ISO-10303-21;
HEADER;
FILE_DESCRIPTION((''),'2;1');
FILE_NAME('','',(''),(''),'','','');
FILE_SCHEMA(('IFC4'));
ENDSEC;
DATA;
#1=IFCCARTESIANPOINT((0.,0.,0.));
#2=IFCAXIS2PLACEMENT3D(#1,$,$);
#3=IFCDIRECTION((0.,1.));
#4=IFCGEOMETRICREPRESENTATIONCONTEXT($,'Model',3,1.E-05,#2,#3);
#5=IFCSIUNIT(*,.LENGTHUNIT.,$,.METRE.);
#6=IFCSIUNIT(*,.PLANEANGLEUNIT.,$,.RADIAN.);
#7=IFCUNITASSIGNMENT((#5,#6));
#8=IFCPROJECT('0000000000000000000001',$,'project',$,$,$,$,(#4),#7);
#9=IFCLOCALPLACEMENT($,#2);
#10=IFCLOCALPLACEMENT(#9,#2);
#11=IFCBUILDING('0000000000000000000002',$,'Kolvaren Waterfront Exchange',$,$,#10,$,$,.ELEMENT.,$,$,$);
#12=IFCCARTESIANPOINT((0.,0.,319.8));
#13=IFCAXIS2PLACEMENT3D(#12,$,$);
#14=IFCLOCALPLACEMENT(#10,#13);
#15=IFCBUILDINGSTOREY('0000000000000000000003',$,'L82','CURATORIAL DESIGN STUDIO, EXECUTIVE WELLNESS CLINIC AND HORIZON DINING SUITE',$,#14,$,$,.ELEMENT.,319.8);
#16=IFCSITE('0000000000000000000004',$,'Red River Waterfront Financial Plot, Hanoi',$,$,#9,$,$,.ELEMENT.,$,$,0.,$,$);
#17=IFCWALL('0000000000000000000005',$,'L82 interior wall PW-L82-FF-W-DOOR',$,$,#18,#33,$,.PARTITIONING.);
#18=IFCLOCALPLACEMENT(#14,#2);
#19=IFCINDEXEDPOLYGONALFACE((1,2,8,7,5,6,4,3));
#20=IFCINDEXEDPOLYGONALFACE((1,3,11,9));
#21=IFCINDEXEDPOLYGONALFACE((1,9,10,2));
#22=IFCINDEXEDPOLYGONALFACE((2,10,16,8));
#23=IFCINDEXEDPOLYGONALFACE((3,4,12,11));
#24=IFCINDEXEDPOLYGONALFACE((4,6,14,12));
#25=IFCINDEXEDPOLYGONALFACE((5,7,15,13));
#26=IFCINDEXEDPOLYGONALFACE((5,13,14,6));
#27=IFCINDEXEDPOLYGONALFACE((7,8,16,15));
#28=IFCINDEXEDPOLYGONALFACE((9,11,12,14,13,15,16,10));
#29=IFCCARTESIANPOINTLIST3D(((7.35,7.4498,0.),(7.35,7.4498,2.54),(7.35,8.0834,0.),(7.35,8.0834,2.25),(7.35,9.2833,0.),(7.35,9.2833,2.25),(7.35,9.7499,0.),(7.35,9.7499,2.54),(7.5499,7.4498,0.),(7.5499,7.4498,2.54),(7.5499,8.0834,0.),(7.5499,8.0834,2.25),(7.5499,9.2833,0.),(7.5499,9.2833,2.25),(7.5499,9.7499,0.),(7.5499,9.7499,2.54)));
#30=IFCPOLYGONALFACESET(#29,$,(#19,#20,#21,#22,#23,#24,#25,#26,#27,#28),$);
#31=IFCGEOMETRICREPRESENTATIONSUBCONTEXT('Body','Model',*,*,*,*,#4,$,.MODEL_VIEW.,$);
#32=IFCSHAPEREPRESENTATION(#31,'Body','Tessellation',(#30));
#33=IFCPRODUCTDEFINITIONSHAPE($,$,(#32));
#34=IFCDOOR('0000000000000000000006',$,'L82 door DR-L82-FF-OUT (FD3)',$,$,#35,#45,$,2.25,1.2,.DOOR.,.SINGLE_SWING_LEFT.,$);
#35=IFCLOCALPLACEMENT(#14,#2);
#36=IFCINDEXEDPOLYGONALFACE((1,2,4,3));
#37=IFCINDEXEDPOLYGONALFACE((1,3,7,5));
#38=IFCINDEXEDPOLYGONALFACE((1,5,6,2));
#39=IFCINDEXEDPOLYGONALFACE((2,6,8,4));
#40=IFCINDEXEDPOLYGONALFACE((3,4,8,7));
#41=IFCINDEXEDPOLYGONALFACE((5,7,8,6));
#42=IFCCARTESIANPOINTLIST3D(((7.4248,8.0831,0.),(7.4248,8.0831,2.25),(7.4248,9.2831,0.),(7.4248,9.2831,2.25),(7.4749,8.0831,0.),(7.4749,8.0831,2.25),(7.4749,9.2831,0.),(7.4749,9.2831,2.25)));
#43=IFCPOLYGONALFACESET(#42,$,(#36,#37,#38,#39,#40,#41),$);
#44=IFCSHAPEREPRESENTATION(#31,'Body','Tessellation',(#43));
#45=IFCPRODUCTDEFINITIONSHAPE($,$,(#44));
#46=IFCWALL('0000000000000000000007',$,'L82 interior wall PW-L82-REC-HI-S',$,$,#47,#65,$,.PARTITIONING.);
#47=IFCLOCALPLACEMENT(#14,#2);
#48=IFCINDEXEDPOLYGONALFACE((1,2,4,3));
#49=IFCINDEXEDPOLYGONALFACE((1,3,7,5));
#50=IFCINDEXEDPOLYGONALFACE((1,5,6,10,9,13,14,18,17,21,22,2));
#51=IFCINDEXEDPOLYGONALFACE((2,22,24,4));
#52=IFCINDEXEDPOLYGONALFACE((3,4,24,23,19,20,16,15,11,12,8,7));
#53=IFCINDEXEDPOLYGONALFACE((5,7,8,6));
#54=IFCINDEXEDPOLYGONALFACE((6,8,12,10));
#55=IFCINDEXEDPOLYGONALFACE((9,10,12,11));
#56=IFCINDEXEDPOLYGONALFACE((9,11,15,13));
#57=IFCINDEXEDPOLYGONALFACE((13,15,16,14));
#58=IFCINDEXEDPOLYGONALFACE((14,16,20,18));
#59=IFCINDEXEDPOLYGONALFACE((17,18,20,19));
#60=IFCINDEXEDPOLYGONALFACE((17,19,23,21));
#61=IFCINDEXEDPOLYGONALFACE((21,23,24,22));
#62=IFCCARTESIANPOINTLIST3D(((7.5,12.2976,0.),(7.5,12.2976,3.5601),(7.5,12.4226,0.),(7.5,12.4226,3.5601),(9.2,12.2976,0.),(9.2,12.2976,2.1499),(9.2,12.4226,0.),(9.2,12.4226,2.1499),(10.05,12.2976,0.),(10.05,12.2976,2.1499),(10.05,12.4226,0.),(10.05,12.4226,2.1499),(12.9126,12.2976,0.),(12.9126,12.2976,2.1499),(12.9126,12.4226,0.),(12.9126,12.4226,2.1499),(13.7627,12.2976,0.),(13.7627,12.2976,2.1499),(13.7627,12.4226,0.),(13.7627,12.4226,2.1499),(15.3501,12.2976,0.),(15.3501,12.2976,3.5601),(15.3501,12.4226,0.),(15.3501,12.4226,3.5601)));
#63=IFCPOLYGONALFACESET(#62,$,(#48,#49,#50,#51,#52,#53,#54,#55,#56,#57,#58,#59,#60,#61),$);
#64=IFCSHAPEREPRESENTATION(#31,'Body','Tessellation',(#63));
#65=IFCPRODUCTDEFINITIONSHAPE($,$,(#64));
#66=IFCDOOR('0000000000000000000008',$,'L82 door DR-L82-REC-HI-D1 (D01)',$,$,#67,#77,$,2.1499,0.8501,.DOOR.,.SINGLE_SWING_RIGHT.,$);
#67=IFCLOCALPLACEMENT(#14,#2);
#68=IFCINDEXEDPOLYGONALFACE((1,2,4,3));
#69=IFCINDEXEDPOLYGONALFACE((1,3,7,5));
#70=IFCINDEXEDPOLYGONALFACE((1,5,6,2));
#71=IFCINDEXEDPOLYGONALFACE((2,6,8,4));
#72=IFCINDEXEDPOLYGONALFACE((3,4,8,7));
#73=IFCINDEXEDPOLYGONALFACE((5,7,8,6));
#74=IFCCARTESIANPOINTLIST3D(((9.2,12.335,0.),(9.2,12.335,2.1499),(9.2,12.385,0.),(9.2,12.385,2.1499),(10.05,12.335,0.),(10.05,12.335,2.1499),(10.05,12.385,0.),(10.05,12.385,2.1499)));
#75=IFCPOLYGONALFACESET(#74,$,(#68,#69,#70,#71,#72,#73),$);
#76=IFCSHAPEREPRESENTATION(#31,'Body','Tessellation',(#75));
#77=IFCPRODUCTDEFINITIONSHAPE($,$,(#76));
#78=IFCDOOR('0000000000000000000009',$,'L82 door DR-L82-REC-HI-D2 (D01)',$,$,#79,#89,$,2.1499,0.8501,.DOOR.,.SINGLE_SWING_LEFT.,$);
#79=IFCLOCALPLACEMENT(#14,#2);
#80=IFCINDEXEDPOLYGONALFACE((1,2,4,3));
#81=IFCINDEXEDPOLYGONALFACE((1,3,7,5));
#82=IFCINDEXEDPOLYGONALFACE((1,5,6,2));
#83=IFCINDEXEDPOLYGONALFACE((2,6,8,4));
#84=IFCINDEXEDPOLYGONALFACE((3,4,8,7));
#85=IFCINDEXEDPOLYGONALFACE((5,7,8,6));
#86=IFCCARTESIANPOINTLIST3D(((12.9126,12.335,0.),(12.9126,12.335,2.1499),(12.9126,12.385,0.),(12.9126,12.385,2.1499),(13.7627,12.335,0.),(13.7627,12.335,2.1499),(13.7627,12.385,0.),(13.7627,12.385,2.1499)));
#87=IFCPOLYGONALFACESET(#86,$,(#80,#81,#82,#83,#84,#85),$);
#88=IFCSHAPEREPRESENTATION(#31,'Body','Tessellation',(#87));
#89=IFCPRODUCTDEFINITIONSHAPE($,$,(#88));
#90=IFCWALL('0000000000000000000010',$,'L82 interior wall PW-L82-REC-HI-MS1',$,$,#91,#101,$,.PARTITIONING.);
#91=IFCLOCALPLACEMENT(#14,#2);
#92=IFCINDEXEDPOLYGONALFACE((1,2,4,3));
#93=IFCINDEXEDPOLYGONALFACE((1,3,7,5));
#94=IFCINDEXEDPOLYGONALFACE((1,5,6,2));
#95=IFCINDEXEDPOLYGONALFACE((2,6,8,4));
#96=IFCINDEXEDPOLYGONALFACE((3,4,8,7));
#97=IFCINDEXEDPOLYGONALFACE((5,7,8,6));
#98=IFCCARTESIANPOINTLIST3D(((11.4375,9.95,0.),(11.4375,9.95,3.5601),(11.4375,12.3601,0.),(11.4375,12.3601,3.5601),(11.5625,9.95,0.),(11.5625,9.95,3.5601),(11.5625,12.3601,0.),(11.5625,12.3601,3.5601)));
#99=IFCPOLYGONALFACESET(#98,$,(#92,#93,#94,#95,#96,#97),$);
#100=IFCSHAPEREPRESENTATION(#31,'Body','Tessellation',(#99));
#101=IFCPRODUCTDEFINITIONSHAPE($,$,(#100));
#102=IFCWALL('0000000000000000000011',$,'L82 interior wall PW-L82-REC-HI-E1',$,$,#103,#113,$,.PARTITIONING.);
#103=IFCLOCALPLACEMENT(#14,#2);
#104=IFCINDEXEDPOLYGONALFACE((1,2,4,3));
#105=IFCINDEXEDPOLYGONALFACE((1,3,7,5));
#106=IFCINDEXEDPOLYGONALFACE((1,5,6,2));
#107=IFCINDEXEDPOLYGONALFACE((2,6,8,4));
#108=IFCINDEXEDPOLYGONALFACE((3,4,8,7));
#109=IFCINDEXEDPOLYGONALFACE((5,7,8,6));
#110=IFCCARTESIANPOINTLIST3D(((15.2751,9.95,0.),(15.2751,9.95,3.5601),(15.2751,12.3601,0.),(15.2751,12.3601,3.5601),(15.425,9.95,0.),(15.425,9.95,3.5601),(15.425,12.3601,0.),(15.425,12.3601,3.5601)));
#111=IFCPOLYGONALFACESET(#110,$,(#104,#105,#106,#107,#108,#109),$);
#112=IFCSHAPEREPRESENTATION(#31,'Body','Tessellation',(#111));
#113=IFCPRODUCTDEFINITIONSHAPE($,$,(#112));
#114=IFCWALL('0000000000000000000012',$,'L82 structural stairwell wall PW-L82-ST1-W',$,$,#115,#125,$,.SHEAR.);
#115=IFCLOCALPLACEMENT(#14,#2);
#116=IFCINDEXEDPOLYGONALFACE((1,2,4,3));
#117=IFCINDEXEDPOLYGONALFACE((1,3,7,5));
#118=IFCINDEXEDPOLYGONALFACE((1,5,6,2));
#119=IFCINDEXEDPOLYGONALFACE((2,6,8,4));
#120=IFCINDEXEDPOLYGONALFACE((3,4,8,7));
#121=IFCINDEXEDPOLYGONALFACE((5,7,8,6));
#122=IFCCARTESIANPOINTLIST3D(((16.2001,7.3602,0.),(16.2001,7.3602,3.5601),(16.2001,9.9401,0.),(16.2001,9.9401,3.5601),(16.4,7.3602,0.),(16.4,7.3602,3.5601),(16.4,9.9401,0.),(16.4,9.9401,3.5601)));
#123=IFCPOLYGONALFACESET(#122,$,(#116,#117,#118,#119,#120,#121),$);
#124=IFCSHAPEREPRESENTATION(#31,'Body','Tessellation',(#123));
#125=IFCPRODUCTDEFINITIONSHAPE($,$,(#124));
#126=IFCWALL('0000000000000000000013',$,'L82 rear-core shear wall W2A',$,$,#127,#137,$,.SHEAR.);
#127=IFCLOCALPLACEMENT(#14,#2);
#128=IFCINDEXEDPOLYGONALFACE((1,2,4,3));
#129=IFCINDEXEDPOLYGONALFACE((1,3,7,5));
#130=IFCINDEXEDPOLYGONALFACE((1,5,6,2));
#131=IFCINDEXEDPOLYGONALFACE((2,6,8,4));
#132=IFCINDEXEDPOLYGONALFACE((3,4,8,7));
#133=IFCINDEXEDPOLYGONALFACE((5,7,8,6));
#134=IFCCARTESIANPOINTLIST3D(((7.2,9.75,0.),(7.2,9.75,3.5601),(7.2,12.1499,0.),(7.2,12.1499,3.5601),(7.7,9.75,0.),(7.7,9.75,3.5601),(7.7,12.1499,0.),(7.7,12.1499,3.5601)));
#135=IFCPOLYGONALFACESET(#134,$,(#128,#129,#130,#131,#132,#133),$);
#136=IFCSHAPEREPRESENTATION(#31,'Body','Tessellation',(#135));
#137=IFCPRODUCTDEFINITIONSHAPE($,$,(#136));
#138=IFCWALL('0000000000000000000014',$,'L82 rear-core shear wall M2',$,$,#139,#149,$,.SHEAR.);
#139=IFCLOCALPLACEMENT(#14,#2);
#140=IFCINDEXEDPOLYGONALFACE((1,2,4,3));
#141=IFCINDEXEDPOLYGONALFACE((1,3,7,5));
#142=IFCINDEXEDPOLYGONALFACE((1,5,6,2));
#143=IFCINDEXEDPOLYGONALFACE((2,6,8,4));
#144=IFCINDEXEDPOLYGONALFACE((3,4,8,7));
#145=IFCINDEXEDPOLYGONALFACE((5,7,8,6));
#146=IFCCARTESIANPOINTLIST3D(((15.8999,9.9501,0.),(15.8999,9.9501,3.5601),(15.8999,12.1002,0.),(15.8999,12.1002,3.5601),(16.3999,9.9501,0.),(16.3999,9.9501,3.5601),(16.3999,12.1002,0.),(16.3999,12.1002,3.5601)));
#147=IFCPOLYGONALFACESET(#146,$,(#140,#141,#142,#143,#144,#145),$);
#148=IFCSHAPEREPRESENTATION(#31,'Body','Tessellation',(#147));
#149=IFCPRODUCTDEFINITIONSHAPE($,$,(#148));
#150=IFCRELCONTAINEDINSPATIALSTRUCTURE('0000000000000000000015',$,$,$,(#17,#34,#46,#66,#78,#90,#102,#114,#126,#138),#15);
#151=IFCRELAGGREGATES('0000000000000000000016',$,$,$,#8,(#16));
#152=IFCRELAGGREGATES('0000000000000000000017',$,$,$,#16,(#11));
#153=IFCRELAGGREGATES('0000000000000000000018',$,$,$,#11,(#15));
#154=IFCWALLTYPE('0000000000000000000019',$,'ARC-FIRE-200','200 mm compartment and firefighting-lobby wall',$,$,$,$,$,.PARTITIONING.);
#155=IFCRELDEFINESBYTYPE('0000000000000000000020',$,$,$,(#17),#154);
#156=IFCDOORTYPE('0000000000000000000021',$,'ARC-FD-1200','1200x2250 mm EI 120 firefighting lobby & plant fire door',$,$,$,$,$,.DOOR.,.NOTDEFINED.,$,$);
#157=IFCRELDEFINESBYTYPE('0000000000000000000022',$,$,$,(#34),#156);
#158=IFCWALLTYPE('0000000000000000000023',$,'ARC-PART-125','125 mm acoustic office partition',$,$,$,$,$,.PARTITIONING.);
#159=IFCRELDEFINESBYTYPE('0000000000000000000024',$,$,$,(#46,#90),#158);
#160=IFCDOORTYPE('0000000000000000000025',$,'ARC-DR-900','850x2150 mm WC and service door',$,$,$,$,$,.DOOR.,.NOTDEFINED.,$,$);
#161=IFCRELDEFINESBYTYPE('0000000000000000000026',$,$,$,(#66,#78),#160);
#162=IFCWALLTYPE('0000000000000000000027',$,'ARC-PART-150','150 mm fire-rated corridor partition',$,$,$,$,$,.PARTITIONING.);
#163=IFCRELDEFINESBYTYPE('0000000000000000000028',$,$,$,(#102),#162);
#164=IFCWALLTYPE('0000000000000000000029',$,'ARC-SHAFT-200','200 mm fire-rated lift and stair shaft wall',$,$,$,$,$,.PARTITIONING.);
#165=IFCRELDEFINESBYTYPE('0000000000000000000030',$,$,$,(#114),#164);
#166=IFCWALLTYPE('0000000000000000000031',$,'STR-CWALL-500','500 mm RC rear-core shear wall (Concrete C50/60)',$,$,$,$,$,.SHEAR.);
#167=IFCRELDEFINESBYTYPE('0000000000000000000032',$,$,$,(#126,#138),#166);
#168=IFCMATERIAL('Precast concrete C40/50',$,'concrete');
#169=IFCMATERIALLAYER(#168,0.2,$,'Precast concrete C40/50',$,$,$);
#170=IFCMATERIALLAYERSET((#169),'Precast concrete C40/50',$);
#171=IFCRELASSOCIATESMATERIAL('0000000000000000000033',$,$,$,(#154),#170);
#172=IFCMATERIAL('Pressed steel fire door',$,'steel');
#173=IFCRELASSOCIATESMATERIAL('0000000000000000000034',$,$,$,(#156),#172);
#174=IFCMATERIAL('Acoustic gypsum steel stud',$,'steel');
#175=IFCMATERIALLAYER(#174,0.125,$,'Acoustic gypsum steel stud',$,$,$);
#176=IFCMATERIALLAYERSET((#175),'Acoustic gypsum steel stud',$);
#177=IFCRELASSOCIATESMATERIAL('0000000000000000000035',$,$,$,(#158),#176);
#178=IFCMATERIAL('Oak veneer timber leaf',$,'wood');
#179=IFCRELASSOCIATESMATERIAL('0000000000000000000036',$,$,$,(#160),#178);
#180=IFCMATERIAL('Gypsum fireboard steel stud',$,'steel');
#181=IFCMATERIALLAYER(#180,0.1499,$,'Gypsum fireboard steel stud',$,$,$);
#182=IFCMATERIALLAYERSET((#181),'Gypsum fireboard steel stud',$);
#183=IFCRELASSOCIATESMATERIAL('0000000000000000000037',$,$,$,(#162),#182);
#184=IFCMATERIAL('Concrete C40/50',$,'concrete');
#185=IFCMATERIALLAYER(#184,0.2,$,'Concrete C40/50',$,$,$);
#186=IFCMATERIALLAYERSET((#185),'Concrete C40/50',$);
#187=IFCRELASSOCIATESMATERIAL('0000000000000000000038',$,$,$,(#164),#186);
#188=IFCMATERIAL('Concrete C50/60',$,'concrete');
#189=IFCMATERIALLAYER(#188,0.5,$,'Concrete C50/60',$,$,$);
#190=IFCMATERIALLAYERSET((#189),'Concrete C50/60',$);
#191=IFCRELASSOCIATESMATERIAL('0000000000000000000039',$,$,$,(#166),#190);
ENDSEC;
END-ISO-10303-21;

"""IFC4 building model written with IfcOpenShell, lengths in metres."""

from ifc_helpers import new_model, si_unit, direction, frame, frame_2d, origin, place, context, subcontext, project, spatial, rectangle, extrude, material, layer, layer_set, type_object, element, fill, save


model = new_model("IFC4")

# Units and contexts
model_context = context("Model", 3, precision=1e-05, world=origin(), true_north=direction((0.0, 1.0)))
body_context = subcontext(model_context, "Body", "Model", "MODEL_VIEW")
ifc_project = project(units=[si_unit("LENGTHUNIT", "METRE"), si_unit("PLANEANGLEUNIT", "RADIAN")], contexts=[model_context])

# Site, building, storey
site_placement = place(None, origin())
site = spatial("IfcSite", under=ifc_project, at=site_placement, Name="Red River Waterfront Financial Plot, Hanoi", CompositionType="ELEMENT", RefElevation=0.0)
building_placement = place(site_placement, origin())
building = spatial("IfcBuilding", under=site, at=building_placement, Name="Kolvaren Waterfront Exchange", CompositionType="ELEMENT")
storey_placement = place(building_placement, frame((0.0, 0.0, 319.8)))
storey = spatial("IfcBuildingStorey", under=building, at=storey_placement, Name="L82", Description="CURATORIAL DESIGN STUDIO, EXECUTIVE WELLNESS CLINIC AND HORIZON DINING SUITE", CompositionType="ELEMENT", Elevation=319.8)

# Shared definitions
ifc_material_1 = material(Name="Precast concrete C40/50", Category="concrete")
ifc_layer_1 = layer(ifc_material_1, 0.2, Name="Precast concrete C40/50")
ifc_layer_set_1 = layer_set([ifc_layer_1], Name="Precast concrete C40/50")
wall_type_1 = type_object("IfcWallType", Name="ARC-FIRE-200", Description="200 mm compartment and firefighting-lobby wall", PredefinedType="PARTITIONING", material=ifc_layer_set_1)

# Wall, opening, door
wall_1_placement = place(storey_placement, frame((7.45, 7.45, 0.0), z_axis=(0.0, 0.0, 1.0), x_axis=(0.0, 1.0, 0.0)))
wall_1 = element("IfcWall", 1, at=wall_1_placement, inside=storey, type_object=wall_type_1, Name="L82 interior wall PW-L82-FF-W-DOOR", PredefinedType="PARTITIONING", context=body_context, shape_type="SweptSolid", body=[
    extrude(rectangle(XDim=2.3, YDim=0.2, at=frame_2d((1.1499, 0.0))), origin(), (0.0, 0.0, 1.0), 2.54),
])
opening_1_placement = place(wall_1_placement, frame((0.6333, 0.0, 0.0)))
opening_1 = element("IfcOpeningElement", 2, at=opening_1_placement, cuts=wall_1, PredefinedType="OPENING", context=body_context, shape_type="SweptSolid", body=[
    extrude(rectangle(XDim=1.2, YDim=2.25, at=frame_2d((0.6001, 1.125))), frame((0.0, 0.1099, 0.0), z_axis=(0.0, -1.0, 0.0), x_axis=(1.0, 0.0, 0.0)), (0.0, 0.0, 1.0), 0.22),
])
ifc_material_2 = material(Name="Pressed steel fire door", Category="steel")
door_type_1 = type_object("IfcDoorType", Name="ARC-FD-1200", Description="1200x2250 mm EI 120 firefighting lobby & plant fire door", OperationType="NOTDEFINED", PredefinedType="DOOR", material=ifc_material_2)
door_1_placement = place(opening_1_placement, frame((1.2, 0.0, 0.0), z_axis=(0.0, 0.0, 1.0), x_axis=(-1.0, 0.0, 0.0)))
door_1 = element("IfcDoor", 3, at=door_1_placement, inside=storey, type_object=door_type_1, Name="L82 door DR-L82-FF-OUT (FD3)", OperationType="SINGLE_SWING_LEFT", OverallHeight=2.25, OverallWidth=1.2, PredefinedType="DOOR", context=body_context, shape_type="SweptSolid", body=[
    extrude(rectangle(XDim=1.2, YDim=2.25, at=frame_2d((0.6001, 1.125))), frame((0.0, 0.0249, 0.0), z_axis=(0.0, -1.0, 0.0), x_axis=(1.0, 0.0, 0.0)), (0.0, 0.0, 1.0), 0.05),
])
fill(opening_1, door_1)

# Wall, openings, doors
ifc_material_3 = material(Name="Acoustic gypsum steel stud", Category="steel")
ifc_layer_2 = layer(ifc_material_3, 0.125, Name="Acoustic gypsum steel stud")
ifc_layer_set_2 = layer_set([ifc_layer_2], Name="Acoustic gypsum steel stud")
wall_type_2 = type_object("IfcWallType", Name="ARC-PART-125", Description="125 mm acoustic office partition", PredefinedType="PARTITIONING", material=ifc_layer_set_2)
wall_2_placement = place(storey_placement, frame((7.5, 12.3601, 0.0), z_axis=(0.0, 0.0, 1.0), x_axis=(1.0, 0.0, 0.0)))
wall_2 = element("IfcWall", 4, at=wall_2_placement, inside=storey, type_object=wall_type_2, Name="L82 interior wall PW-L82-REC-HI-S", PredefinedType="PARTITIONING", context=body_context, shape_type="SweptSolid", body=[
    extrude(rectangle(XDim=7.8501, YDim=0.125, at=frame_2d((3.925, 0.0))), origin(), (0.0, 0.0, 1.0), 3.5601),
])
opening_2_placement = place(wall_2_placement, frame((1.7, 0.0, 0.0)))
opening_2 = element("IfcOpeningElement", 5, at=opening_2_placement, cuts=wall_2, PredefinedType="OPENING", context=body_context, shape_type="SweptSolid", body=[
    extrude(rectangle(XDim=0.8501, YDim=2.1499, at=frame_2d((0.425, 1.075))), frame((0.0, 0.0725, 0.0), z_axis=(0.0, -1.0, 0.0), x_axis=(1.0, 0.0, 0.0)), (0.0, 0.0, 1.0), 0.145),
])
opening_3_placement = place(wall_2_placement, frame((5.4126, 0.0, 0.0)))
opening_3 = element("IfcOpeningElement", 6, at=opening_3_placement, cuts=wall_2, PredefinedType="OPENING", context=body_context, shape_type="SweptSolid", body=[
    extrude(rectangle(XDim=0.8501, YDim=2.1499, at=frame_2d((0.425, 1.075))), frame((0.0, 0.0725, 0.0), z_axis=(0.0, -1.0, 0.0), x_axis=(1.0, 0.0, 0.0)), (0.0, 0.0, 1.0), 0.145),
])
ifc_material_4 = material(Name="Oak veneer timber leaf", Category="wood")
door_type_2 = type_object("IfcDoorType", Name="ARC-DR-900", Description="850x2150 mm WC and service door", OperationType="NOTDEFINED", PredefinedType="DOOR", material=ifc_material_4)
door_2_placement = place(opening_2_placement, origin())
door_2 = element("IfcDoor", 7, at=door_2_placement, inside=storey, type_object=door_type_2, Name="L82 door DR-L82-REC-HI-D1 (D01)", OperationType="SINGLE_SWING_RIGHT", OverallHeight=2.1499, OverallWidth=0.8501, PredefinedType="DOOR", context=body_context, shape_type="SweptSolid", body=[
    extrude(rectangle(XDim=0.8501, YDim=2.1499, at=frame_2d((0.425, 1.075))), frame((0.0, 0.0249, 0.0), z_axis=(0.0, -1.0, 0.0), x_axis=(1.0, 0.0, 0.0)), (0.0, 0.0, 1.0), 0.05),
])
fill(opening_2, door_2)
door_3_placement = place(opening_3_placement, origin())
door_3 = element("IfcDoor", 8, at=door_3_placement, inside=storey, type_object=door_type_2, Name="L82 door DR-L82-REC-HI-D2 (D01)", OperationType="SINGLE_SWING_LEFT", OverallHeight=2.1499, OverallWidth=0.8501, PredefinedType="DOOR", context=body_context, shape_type="SweptSolid", body=[
    extrude(rectangle(XDim=0.8501, YDim=2.1499, at=frame_2d((0.425, 1.075))), frame((0.0, 0.0249, 0.0), z_axis=(0.0, -1.0, 0.0), x_axis=(1.0, 0.0, 0.0)), (0.0, 0.0, 1.0), 0.05),
])
fill(opening_3, door_3)

# Walls
wall_3_placement = place(storey_placement, frame((11.5, 9.95, 0.0), z_axis=(0.0, 0.0, 1.0), x_axis=(0.0, 1.0, 0.0)))
element("IfcWall", 9, at=wall_3_placement, inside=storey, type_object=wall_type_2, Name="L82 interior wall PW-L82-REC-HI-MS1", PredefinedType="PARTITIONING", context=body_context, shape_type="SweptSolid", body=[
    extrude(rectangle(XDim=2.4102, YDim=0.125, at=frame_2d((1.2051, 0.0))), origin(), (0.0, 0.0, 1.0), 3.5601),
])
ifc_material_5 = material(Name="Gypsum fireboard steel stud", Category="steel")
ifc_layer_3 = layer(ifc_material_5, 0.1499, Name="Gypsum fireboard steel stud")
ifc_layer_set_3 = layer_set([ifc_layer_3], Name="Gypsum fireboard steel stud")
wall_type_3 = type_object("IfcWallType", Name="ARC-PART-150", Description="150 mm fire-rated corridor partition", PredefinedType="PARTITIONING", material=ifc_layer_set_3)
wall_4_placement = place(storey_placement, frame((15.3501, 9.95, 0.0), z_axis=(0.0, 0.0, 1.0), x_axis=(0.0, 1.0, 0.0)))
element("IfcWall", 10, at=wall_4_placement, inside=storey, type_object=wall_type_3, Name="L82 interior wall PW-L82-REC-HI-E1", PredefinedType="PARTITIONING", context=body_context, shape_type="SweptSolid", body=[
    extrude(rectangle(XDim=2.4102, YDim=0.1499, at=frame_2d((1.2051, 0.0))), origin(), (0.0, 0.0, 1.0), 3.5601),
])
ifc_material_6 = material(Name="Concrete C40/50", Category="concrete")
ifc_layer_4 = layer(ifc_material_6, 0.2, Name="Concrete C40/50")
ifc_layer_set_4 = layer_set([ifc_layer_4], Name="Concrete C40/50")
wall_type_4 = type_object("IfcWallType", Name="ARC-SHAFT-200", Description="200 mm fire-rated lift and stair shaft wall", PredefinedType="PARTITIONING", material=ifc_layer_set_4)
wall_5_placement = place(storey_placement, frame((16.3, 7.3601, 0.0), z_axis=(0.0, 0.0, 1.0), x_axis=(0.0, 1.0, 0.0)))
element("IfcWall", 11, at=wall_5_placement, inside=storey, type_object=wall_type_4, Name="L82 structural stairwell wall PW-L82-ST1-W", PredefinedType="SHEAR", context=body_context, shape_type="SweptSolid", body=[
    extrude(rectangle(XDim=2.5798, YDim=0.2, at=frame_2d((1.29, 0.0))), origin(), (0.0, 0.0, 1.0), 3.5601),
])
ifc_material_7 = material(Name="Concrete C50/60", Category="concrete")
ifc_layer_5 = layer(ifc_material_7, 0.5, Name="Concrete C50/60")
ifc_layer_set_5 = layer_set([ifc_layer_5], Name="Concrete C50/60")
wall_type_5 = type_object("IfcWallType", Name="STR-CWALL-500", Description="500 mm RC rear-core shear wall (Concrete C50/60)", PredefinedType="SHEAR", material=ifc_layer_set_5)
wall_6_placement = place(storey_placement, frame((7.45, 9.75, 0.0), z_axis=(0.0, 0.0, 1.0), x_axis=(0.0, 1.0, 0.0)))
element("IfcWall", 12, at=wall_6_placement, inside=storey, type_object=wall_type_5, Name="L82 rear-core shear wall W2A", PredefinedType="SHEAR", context=body_context, shape_type="SweptSolid", body=[
    extrude(rectangle(XDim=2.3999, YDim=0.5, at=frame_2d((1.2, 0.0))), origin(), (0.0, 0.0, 1.0), 3.5601),
])
wall_7_placement = place(storey_placement, frame((16.1499, 9.95, 0.0), z_axis=(0.0, 0.0, 1.0), x_axis=(0.0, 1.0, 0.0)))
element("IfcWall", 13, at=wall_7_placement, inside=storey, type_object=wall_type_5, Name="L82 rear-core shear wall M2", PredefinedType="SHEAR", context=body_context, shape_type="SweptSolid", body=[
    extrude(rectangle(XDim=2.1501, YDim=0.5, at=frame_2d((1.0752, 0.0))), origin(), (0.0, 0.0, 1.0), 3.5601),
])

save(model, "model.ifc")
